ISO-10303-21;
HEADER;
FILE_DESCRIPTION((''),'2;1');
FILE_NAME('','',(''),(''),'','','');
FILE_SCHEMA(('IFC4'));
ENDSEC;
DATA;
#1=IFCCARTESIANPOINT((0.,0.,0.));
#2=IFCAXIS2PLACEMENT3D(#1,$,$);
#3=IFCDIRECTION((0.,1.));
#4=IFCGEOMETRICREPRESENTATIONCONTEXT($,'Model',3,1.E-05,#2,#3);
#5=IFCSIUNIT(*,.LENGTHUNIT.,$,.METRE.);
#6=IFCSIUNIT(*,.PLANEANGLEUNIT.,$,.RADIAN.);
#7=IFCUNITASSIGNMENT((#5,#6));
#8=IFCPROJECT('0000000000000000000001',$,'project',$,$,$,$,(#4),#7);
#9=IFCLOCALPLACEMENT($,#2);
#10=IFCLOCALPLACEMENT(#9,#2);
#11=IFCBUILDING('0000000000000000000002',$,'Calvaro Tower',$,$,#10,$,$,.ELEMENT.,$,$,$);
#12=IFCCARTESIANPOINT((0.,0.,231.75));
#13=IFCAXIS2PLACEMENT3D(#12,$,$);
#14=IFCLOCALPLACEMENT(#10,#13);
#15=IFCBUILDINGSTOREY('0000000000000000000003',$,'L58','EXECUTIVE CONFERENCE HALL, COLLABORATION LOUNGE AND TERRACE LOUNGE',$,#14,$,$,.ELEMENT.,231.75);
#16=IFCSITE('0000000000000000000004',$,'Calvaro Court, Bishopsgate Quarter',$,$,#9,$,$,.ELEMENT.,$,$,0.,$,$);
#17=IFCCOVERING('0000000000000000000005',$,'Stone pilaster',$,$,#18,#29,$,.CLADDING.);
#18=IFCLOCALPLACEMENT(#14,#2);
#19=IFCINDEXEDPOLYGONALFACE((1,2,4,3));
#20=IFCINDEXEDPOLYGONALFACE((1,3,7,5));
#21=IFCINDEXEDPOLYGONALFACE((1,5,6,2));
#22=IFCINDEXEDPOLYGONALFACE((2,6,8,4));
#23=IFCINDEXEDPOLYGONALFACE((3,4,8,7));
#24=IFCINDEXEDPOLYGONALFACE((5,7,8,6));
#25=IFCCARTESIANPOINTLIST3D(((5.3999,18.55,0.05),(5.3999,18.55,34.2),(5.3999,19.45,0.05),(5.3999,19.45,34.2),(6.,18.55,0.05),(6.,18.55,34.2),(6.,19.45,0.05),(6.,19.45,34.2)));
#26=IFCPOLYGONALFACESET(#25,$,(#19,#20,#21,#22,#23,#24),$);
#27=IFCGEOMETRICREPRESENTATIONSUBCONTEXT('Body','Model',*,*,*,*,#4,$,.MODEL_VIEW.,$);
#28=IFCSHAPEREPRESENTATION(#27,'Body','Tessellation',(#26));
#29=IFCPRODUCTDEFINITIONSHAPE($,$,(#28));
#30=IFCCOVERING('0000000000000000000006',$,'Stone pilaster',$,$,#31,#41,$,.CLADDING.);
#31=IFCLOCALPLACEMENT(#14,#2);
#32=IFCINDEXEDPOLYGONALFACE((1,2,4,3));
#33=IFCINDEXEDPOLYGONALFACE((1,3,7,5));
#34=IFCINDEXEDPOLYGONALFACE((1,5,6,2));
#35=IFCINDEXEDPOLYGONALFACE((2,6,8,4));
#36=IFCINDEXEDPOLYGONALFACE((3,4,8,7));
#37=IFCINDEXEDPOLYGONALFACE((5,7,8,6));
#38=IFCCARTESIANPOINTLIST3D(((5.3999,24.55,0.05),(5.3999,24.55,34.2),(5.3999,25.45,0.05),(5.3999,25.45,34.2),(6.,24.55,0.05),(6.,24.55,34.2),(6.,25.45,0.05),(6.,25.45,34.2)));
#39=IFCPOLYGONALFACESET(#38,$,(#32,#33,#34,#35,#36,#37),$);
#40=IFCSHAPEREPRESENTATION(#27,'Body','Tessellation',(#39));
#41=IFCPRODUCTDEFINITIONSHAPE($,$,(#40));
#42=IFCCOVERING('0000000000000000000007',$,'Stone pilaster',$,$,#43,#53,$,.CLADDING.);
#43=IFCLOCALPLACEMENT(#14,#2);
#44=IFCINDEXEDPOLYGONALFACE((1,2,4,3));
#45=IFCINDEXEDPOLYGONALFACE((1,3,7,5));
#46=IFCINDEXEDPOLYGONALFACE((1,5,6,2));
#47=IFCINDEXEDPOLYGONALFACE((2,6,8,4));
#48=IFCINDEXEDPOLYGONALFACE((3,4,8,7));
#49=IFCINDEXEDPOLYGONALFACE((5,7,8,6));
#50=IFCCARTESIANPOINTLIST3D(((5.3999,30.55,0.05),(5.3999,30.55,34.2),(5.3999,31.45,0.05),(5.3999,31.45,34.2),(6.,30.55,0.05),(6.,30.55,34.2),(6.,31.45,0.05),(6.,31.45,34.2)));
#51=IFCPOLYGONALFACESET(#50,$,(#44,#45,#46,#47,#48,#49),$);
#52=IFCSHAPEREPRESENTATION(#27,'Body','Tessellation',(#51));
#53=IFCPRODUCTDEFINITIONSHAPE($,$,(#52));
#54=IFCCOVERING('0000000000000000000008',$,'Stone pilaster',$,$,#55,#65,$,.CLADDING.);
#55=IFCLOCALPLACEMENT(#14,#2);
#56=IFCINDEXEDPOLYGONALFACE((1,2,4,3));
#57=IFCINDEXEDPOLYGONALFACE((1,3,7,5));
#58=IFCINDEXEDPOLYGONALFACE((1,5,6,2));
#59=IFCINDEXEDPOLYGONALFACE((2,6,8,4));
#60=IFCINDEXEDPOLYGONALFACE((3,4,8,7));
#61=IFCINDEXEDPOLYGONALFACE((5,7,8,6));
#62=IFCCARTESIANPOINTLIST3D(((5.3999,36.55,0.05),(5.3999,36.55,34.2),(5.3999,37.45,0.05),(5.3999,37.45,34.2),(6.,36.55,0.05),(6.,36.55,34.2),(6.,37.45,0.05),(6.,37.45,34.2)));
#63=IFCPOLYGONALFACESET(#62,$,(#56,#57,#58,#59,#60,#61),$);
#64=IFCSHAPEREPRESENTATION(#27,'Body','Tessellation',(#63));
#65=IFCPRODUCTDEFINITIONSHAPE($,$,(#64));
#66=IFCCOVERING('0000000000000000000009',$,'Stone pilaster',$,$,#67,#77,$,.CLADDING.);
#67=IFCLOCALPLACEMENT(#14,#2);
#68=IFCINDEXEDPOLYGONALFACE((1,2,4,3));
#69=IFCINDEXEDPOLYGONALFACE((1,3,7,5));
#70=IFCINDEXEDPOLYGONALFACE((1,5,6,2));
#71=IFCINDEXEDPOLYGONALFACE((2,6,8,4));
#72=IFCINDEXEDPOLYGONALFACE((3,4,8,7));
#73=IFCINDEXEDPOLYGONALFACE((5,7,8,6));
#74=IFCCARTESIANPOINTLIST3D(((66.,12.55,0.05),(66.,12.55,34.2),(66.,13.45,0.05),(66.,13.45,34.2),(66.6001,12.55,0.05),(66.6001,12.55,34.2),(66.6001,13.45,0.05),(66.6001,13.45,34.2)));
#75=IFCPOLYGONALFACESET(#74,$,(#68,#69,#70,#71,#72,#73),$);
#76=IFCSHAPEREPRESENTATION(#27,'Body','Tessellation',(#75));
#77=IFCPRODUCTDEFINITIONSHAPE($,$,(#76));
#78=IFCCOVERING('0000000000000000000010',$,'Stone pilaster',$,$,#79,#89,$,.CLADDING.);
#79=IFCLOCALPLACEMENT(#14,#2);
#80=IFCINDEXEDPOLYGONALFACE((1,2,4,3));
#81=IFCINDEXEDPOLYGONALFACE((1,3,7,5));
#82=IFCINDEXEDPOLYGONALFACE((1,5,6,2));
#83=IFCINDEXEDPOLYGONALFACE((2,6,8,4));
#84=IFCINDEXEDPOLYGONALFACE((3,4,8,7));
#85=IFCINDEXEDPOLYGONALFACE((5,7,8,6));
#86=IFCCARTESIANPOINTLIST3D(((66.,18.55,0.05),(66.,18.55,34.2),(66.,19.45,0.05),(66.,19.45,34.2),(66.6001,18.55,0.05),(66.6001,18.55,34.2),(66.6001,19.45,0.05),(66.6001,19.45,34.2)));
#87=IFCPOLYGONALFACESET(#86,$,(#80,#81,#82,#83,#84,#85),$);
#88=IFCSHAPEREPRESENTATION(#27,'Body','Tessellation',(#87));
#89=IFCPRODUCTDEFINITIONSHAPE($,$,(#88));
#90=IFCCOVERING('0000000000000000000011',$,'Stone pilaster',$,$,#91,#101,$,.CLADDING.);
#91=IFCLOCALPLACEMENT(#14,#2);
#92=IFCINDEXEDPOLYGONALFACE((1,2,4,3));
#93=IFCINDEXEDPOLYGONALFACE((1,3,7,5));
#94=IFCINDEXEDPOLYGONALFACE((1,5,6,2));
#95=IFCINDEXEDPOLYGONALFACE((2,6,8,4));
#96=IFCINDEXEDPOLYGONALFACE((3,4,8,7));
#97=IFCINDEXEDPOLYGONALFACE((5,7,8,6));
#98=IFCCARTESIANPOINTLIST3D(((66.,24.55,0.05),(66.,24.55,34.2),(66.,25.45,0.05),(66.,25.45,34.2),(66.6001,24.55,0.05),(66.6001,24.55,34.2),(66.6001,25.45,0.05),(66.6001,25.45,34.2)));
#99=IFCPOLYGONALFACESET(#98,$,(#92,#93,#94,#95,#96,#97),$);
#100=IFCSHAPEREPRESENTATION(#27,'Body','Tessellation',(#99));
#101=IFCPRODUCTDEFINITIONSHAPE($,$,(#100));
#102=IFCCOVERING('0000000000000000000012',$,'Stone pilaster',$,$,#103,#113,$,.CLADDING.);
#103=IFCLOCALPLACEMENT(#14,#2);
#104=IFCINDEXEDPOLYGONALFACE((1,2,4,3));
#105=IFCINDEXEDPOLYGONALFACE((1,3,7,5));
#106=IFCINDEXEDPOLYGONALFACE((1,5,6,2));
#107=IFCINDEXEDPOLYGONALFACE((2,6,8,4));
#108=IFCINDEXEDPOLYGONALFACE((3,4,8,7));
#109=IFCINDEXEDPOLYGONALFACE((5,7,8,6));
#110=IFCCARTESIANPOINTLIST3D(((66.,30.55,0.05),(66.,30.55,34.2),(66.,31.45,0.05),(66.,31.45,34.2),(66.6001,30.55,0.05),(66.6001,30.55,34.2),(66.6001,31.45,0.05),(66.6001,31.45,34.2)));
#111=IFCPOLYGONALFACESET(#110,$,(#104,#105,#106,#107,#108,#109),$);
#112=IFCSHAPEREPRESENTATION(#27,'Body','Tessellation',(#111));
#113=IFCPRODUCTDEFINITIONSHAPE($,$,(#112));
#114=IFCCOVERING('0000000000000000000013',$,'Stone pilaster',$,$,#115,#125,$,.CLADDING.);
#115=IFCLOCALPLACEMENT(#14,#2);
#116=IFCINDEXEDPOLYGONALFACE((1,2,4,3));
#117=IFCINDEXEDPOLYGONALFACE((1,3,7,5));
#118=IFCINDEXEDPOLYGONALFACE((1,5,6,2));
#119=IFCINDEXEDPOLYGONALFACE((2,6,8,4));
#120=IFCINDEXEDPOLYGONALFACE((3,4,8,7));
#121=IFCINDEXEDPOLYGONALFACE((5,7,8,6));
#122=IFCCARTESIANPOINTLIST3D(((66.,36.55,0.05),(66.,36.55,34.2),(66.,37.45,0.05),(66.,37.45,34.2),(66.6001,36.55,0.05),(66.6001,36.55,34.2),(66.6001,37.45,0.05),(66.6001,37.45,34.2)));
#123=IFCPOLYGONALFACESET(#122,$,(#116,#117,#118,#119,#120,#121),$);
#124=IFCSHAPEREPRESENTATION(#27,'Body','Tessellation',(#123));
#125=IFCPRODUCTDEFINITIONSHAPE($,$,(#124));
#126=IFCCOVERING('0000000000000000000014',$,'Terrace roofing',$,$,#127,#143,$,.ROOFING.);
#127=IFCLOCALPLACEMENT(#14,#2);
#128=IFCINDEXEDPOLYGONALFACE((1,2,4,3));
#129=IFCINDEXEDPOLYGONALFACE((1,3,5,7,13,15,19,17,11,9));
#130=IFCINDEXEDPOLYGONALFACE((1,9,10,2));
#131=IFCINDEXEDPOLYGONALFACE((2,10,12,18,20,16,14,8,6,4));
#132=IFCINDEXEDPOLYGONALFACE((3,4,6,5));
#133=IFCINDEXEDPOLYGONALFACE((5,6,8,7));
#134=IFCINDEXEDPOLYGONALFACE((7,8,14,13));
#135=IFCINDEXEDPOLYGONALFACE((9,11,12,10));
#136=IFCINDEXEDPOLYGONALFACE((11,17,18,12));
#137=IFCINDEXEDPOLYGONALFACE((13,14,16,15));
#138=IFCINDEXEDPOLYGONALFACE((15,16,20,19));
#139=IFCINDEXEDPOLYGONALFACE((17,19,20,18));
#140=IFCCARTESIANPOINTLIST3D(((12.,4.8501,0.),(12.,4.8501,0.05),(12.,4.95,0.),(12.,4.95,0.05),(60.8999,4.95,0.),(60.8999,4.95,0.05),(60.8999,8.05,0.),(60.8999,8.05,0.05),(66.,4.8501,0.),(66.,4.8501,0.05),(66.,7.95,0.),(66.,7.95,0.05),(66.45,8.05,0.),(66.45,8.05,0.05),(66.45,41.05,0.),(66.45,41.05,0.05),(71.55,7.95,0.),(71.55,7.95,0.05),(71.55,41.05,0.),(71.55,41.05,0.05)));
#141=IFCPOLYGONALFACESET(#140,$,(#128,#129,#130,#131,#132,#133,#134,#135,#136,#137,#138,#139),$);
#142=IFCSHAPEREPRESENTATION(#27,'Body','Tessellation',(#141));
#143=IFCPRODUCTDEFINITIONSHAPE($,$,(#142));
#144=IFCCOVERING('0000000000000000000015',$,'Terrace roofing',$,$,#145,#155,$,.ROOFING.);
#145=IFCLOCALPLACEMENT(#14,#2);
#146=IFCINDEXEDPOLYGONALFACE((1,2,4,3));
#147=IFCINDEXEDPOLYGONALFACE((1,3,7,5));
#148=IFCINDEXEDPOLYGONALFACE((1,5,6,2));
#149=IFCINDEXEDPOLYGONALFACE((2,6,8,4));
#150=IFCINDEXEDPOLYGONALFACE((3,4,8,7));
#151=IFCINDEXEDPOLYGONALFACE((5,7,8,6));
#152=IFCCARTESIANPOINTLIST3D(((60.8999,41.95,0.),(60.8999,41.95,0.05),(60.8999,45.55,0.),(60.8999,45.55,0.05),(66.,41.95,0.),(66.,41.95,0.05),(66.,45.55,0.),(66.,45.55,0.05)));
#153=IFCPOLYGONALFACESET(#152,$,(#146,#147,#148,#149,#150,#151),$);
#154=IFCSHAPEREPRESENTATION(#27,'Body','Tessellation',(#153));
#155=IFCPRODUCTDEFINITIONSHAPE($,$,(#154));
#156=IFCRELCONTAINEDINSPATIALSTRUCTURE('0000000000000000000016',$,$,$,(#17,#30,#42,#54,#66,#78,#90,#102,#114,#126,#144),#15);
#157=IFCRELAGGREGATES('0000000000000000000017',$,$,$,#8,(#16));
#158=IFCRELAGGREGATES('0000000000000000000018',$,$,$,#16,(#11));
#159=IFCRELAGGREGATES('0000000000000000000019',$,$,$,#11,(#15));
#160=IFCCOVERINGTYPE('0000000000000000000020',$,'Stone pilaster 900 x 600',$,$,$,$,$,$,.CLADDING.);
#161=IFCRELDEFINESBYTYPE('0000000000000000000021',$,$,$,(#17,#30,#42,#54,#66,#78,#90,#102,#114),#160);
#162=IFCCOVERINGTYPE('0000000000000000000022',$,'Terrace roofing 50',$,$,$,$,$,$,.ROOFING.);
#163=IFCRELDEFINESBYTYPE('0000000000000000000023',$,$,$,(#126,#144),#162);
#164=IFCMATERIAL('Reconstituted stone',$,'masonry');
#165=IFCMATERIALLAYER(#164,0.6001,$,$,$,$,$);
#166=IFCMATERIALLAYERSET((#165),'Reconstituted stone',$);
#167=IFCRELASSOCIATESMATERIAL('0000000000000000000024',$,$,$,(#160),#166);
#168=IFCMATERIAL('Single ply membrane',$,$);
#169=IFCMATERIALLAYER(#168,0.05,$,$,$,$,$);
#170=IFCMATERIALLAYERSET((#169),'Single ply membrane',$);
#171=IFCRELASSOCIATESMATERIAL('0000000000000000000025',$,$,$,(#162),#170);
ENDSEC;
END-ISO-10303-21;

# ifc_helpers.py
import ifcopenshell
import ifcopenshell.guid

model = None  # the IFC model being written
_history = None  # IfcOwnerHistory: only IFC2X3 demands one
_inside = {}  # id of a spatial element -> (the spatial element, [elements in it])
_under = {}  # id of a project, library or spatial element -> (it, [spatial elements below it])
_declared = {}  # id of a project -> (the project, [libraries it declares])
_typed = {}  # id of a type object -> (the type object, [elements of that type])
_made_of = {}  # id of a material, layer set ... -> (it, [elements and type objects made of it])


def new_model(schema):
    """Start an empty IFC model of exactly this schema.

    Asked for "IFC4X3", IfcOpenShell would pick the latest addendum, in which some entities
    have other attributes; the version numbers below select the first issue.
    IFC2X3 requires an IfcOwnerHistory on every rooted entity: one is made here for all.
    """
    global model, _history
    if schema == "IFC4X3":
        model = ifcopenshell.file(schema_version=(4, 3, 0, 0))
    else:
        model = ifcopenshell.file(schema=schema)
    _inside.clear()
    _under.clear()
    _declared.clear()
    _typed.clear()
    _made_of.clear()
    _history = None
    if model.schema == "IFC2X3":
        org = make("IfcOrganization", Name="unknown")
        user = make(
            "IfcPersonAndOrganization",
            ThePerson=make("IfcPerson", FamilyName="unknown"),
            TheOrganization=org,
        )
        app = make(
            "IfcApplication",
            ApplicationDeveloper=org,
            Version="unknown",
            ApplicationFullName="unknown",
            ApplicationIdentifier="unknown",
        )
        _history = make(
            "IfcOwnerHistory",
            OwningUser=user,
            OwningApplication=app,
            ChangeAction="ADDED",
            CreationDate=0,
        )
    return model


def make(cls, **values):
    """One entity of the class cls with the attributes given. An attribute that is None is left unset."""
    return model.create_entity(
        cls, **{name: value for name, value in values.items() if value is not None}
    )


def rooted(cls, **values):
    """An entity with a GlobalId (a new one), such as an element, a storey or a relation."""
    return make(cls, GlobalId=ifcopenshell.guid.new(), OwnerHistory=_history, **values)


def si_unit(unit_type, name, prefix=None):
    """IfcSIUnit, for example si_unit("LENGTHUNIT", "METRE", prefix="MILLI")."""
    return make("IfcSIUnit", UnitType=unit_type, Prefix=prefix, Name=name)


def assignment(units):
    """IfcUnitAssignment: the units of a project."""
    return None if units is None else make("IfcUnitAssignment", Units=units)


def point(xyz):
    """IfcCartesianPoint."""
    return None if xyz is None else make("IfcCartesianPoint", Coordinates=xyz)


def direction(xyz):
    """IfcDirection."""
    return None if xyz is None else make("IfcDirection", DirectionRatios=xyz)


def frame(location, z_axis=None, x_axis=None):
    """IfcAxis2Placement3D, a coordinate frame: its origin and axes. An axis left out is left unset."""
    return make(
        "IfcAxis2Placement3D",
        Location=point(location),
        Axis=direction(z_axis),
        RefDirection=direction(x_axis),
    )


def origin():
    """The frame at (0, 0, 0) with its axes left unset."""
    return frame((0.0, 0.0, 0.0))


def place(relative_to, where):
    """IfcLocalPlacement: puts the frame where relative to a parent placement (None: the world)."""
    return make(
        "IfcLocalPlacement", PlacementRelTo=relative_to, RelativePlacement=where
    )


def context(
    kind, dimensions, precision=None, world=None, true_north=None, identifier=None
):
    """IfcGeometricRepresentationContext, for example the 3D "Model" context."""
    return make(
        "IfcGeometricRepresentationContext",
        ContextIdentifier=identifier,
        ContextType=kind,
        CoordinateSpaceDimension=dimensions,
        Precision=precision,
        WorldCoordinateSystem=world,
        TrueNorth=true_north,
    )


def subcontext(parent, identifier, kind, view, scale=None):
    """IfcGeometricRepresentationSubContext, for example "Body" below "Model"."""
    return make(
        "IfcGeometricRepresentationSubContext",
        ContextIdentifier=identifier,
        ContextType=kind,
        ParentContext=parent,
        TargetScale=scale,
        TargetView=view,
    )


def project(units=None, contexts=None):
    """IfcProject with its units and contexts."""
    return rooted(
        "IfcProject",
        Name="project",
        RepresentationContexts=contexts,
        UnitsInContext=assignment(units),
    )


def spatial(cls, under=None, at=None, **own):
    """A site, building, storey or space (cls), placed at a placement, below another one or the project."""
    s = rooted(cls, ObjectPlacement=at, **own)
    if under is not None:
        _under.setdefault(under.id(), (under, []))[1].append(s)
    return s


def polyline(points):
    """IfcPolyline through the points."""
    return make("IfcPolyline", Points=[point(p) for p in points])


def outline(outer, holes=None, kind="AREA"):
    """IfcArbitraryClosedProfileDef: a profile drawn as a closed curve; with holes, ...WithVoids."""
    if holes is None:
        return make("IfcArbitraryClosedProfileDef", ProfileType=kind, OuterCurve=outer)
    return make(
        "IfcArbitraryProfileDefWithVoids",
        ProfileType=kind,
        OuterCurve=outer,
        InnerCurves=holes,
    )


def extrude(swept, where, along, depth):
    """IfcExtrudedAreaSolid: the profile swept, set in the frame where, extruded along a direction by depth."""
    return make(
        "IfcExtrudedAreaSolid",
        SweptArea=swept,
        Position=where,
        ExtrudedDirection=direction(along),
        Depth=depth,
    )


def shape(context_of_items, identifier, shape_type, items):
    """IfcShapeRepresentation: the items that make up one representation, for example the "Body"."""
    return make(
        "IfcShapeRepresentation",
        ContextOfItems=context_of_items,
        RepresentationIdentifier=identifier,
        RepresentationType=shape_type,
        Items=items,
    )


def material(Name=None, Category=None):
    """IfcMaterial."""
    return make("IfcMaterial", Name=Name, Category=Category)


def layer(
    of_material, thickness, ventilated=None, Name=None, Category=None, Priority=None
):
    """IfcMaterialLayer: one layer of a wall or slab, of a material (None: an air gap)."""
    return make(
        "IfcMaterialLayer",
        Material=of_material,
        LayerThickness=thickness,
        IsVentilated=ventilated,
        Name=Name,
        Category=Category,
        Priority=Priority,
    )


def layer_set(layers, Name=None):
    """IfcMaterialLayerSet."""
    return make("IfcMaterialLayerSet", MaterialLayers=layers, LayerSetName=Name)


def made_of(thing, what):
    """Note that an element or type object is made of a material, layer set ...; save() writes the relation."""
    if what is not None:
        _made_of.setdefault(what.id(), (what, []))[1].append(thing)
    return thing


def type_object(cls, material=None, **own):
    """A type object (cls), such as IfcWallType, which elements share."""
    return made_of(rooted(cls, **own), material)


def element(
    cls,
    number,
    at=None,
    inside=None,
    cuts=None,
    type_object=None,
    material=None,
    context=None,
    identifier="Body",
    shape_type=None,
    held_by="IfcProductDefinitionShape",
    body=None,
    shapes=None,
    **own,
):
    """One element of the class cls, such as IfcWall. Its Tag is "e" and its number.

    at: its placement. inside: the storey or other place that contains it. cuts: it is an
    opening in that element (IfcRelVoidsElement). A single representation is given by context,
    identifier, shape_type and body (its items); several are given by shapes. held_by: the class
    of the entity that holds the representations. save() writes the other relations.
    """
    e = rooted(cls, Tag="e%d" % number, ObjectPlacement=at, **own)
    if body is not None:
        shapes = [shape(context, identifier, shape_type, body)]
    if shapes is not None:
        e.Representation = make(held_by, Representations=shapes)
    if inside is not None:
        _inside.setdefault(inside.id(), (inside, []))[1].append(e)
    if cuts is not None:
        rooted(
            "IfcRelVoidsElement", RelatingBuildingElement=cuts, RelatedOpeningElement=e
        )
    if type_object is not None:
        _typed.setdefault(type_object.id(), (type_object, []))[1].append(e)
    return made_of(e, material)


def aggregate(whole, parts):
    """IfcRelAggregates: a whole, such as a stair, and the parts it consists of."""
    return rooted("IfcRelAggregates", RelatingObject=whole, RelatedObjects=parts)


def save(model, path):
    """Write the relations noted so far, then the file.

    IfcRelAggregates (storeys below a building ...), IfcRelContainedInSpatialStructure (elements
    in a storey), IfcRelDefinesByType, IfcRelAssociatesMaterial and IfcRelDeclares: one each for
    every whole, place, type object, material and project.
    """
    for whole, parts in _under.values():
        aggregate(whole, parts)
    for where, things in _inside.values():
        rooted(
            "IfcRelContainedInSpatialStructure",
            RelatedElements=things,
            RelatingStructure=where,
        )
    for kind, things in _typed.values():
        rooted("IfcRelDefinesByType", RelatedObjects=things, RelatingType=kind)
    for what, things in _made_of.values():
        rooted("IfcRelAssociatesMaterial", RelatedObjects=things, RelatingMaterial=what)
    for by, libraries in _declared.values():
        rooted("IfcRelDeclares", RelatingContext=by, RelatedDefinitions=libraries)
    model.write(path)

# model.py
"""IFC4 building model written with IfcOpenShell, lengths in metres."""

from ifc_helpers import new_model, si_unit, direction, frame, origin, place, context, subcontext, project, spatial, polyline, outline, extrude, material, layer, layer_set, type_object, element, save


model = new_model("IFC4")

# Units and contexts
model_context = context("Model", 3, precision=1e-05, world=origin(), true_north=direction((0.0, 1.0)))
body_context = subcontext(model_context, "Body", "Model", "MODEL_VIEW")
ifc_project = project(units=[si_unit("LENGTHUNIT", "METRE"), si_unit("PLANEANGLEUNIT", "RADIAN")], contexts=[model_context])

# Site, building, storey
site_placement = place(None, origin())
site = spatial("IfcSite", under=ifc_project, at=site_placement, Name="Calvaro Court, Bishopsgate Quarter", CompositionType="ELEMENT", RefElevation=0.0)
building_placement = place(site_placement, origin())
building = spatial("IfcBuilding", under=site, at=building_placement, Name="Calvaro Tower", CompositionType="ELEMENT")
storey_placement = place(building_placement, frame((0.0, 0.0, 231.75)))
storey = spatial("IfcBuildingStorey", under=building, at=storey_placement, Name="L58", Description="EXECUTIVE CONFERENCE HALL, COLLABORATION LOUNGE AND TERRACE LOUNGE", CompositionType="ELEMENT", Elevation=231.75)

# Coverings
ifc_material_1 = material(Name="Reconstituted stone", Category="masonry")
ifc_layer_1 = layer(ifc_material_1, 0.6001)
ifc_layer_set_1 = layer_set([ifc_layer_1], Name="Reconstituted stone")
covering_type_1 = type_object("IfcCoveringType", Name="Stone pilaster 900 x 600", PredefinedType="CLADDING", material=ifc_layer_set_1)
covering_1_placement = place(storey_placement, frame((0.0, 0.0, 0.05)))
element("IfcCovering", 1, at=covering_1_placement, inside=storey, type_object=covering_type_1, Name="Stone pilaster", PredefinedType="CLADDING", context=body_context, shape_type="SweptSolid", body=[
    extrude(outline(polyline([(5.3999, 18.55), (6.0, 18.55), (6.0, 19.45), (5.3999, 19.45), (5.3999, 18.55)])), origin(), (0.0, 0.0, 1.0), 34.1499),
])
covering_2_placement = place(storey_placement, frame((0.0, 0.0, 0.05)))
element("IfcCovering", 2, at=covering_2_placement, inside=storey, type_object=covering_type_1, Name="Stone pilaster", PredefinedType="CLADDING", context=body_context, shape_type="SweptSolid", body=[
    extrude(outline(polyline([(5.3999, 24.55), (6.0, 24.55), (6.0, 25.45), (5.3999, 25.45), (5.3999, 24.55)])), origin(), (0.0, 0.0, 1.0), 34.1499),
])
covering_3_placement = place(storey_placement, frame((0.0, 0.0, 0.05)))
element("IfcCovering", 3, at=covering_3_placement, inside=storey, type_object=covering_type_1, Name="Stone pilaster", PredefinedType="CLADDING", context=body_context, shape_type="SweptSolid", body=[
    extrude(outline(polyline([(5.3999, 30.55), (6.0, 30.55), (6.0, 31.45), (5.3999, 31.45), (5.3999, 30.55)])), origin(), (0.0, 0.0, 1.0), 34.1499),
])
covering_4_placement = place(storey_placement, frame((0.0, 0.0, 0.05)))
element("IfcCovering", 4, at=covering_4_placement, inside=storey, type_object=covering_type_1, Name="Stone pilaster", PredefinedType="CLADDING", context=body_context, shape_type="SweptSolid", body=[
    extrude(outline(polyline([(5.3999, 36.55), (6.0, 36.55), (6.0, 37.45), (5.3999, 37.45), (5.3999, 36.55)])), origin(), (0.0, 0.0, 1.0), 34.1499),
])
covering_5_placement = place(storey_placement, frame((0.0, 0.0, 0.05)))
element("IfcCovering", 5, at=covering_5_placement, inside=storey, type_object=covering_type_1, Name="Stone pilaster", PredefinedType="CLADDING", context=body_context, shape_type="SweptSolid", body=[
    extrude(outline(polyline([(66.0, 12.55), (66.6001, 12.55), (66.6001, 13.45), (66.0, 13.45), (66.0, 12.55)])), origin(), (0.0, 0.0, 1.0), 34.1499),
])
covering_6_placement = place(storey_placement, frame((0.0, 0.0, 0.05)))
element("IfcCovering", 6, at=covering_6_placement, inside=storey, type_object=covering_type_1, Name="Stone pilaster", PredefinedType="CLADDING", context=body_context, shape_type="SweptSolid", body=[
    extrude(outline(polyline([(66.0, 18.55), (66.6001, 18.55), (66.6001, 19.45), (66.0, 19.45), (66.0, 18.55)])), origin(), (0.0, 0.0, 1.0), 34.1499),
])
covering_7_placement = place(storey_placement, frame((0.0, 0.0, 0.05)))
element("IfcCovering", 7, at=covering_7_placement, inside=storey, type_object=covering_type_1, Name="Stone pilaster", PredefinedType="CLADDING", context=body_context, shape_type="SweptSolid", body=[
    extrude(outline(polyline([(66.0, 24.55), (66.6001, 24.55), (66.6001, 25.45), (66.0, 25.45), (66.0, 24.55)])), origin(), (0.0, 0.0, 1.0), 34.1499),
])
covering_8_placement = place(storey_placement, frame((0.0, 0.0, 0.05)))
element("IfcCovering", 8, at=covering_8_placement, inside=storey, type_object=covering_type_1, Name="Stone pilaster", PredefinedType="CLADDING", context=body_context, shape_type="SweptSolid", body=[
    extrude(outline(polyline([(66.0, 30.55), (66.6001, 30.55), (66.6001, 31.45), (66.0, 31.45), (66.0, 30.55)])), origin(), (0.0, 0.0, 1.0), 34.1499),
])
covering_9_placement = place(storey_placement, frame((0.0, 0.0, 0.05)))
element("IfcCovering", 9, at=covering_9_placement, inside=storey, type_object=covering_type_1, Name="Stone pilaster", PredefinedType="CLADDING", context=body_context, shape_type="SweptSolid", body=[
    extrude(outline(polyline([(66.0, 36.55), (66.6001, 36.55), (66.6001, 37.45), (66.0, 37.45), (66.0, 36.55)])), origin(), (0.0, 0.0, 1.0), 34.1499),
])
ifc_material_2 = material(Name="Single ply membrane")
ifc_layer_2 = layer(ifc_material_2, 0.05)
ifc_layer_set_2 = layer_set([ifc_layer_2], Name="Single ply membrane")
covering_type_2 = type_object("IfcCoveringType", Name="Terrace roofing 50", PredefinedType="ROOFING", material=ifc_layer_set_2)
covering_10_placement = place(storey_placement, origin())
element("IfcCovering", 10, at=covering_10_placement, inside=storey, type_object=covering_type_2, Name="Terrace roofing", PredefinedType="ROOFING", context=body_context, shape_type="SweptSolid", body=[
    extrude(outline(polyline([(66.0, 4.8501), (12.0, 4.8501), (12.0, 4.95), (60.8999, 4.95), (60.8999, 8.05), (66.45, 8.05), (66.45, 41.05), (71.55, 41.05), (71.55, 7.95), (66.0, 7.95), (66.0, 4.8501)])), origin(), (0.0, 0.0, 1.0), 0.05),
])
covering_11_placement = place(storey_placement, origin())
element("IfcCovering", 11, at=covering_11_placement, inside=storey, type_object=covering_type_2, Name="Terrace roofing", PredefinedType="ROOFING", context=body_context, shape_type="SweptSolid", body=[
    extrude(outline(polyline([(66.0, 41.95), (60.8999, 41.95), (60.8999, 45.55), (66.0, 45.55), (66.0, 41.95)])), origin(), (0.0, 0.0, 1.0), 0.05),
])

save(model, "model.ifc")
